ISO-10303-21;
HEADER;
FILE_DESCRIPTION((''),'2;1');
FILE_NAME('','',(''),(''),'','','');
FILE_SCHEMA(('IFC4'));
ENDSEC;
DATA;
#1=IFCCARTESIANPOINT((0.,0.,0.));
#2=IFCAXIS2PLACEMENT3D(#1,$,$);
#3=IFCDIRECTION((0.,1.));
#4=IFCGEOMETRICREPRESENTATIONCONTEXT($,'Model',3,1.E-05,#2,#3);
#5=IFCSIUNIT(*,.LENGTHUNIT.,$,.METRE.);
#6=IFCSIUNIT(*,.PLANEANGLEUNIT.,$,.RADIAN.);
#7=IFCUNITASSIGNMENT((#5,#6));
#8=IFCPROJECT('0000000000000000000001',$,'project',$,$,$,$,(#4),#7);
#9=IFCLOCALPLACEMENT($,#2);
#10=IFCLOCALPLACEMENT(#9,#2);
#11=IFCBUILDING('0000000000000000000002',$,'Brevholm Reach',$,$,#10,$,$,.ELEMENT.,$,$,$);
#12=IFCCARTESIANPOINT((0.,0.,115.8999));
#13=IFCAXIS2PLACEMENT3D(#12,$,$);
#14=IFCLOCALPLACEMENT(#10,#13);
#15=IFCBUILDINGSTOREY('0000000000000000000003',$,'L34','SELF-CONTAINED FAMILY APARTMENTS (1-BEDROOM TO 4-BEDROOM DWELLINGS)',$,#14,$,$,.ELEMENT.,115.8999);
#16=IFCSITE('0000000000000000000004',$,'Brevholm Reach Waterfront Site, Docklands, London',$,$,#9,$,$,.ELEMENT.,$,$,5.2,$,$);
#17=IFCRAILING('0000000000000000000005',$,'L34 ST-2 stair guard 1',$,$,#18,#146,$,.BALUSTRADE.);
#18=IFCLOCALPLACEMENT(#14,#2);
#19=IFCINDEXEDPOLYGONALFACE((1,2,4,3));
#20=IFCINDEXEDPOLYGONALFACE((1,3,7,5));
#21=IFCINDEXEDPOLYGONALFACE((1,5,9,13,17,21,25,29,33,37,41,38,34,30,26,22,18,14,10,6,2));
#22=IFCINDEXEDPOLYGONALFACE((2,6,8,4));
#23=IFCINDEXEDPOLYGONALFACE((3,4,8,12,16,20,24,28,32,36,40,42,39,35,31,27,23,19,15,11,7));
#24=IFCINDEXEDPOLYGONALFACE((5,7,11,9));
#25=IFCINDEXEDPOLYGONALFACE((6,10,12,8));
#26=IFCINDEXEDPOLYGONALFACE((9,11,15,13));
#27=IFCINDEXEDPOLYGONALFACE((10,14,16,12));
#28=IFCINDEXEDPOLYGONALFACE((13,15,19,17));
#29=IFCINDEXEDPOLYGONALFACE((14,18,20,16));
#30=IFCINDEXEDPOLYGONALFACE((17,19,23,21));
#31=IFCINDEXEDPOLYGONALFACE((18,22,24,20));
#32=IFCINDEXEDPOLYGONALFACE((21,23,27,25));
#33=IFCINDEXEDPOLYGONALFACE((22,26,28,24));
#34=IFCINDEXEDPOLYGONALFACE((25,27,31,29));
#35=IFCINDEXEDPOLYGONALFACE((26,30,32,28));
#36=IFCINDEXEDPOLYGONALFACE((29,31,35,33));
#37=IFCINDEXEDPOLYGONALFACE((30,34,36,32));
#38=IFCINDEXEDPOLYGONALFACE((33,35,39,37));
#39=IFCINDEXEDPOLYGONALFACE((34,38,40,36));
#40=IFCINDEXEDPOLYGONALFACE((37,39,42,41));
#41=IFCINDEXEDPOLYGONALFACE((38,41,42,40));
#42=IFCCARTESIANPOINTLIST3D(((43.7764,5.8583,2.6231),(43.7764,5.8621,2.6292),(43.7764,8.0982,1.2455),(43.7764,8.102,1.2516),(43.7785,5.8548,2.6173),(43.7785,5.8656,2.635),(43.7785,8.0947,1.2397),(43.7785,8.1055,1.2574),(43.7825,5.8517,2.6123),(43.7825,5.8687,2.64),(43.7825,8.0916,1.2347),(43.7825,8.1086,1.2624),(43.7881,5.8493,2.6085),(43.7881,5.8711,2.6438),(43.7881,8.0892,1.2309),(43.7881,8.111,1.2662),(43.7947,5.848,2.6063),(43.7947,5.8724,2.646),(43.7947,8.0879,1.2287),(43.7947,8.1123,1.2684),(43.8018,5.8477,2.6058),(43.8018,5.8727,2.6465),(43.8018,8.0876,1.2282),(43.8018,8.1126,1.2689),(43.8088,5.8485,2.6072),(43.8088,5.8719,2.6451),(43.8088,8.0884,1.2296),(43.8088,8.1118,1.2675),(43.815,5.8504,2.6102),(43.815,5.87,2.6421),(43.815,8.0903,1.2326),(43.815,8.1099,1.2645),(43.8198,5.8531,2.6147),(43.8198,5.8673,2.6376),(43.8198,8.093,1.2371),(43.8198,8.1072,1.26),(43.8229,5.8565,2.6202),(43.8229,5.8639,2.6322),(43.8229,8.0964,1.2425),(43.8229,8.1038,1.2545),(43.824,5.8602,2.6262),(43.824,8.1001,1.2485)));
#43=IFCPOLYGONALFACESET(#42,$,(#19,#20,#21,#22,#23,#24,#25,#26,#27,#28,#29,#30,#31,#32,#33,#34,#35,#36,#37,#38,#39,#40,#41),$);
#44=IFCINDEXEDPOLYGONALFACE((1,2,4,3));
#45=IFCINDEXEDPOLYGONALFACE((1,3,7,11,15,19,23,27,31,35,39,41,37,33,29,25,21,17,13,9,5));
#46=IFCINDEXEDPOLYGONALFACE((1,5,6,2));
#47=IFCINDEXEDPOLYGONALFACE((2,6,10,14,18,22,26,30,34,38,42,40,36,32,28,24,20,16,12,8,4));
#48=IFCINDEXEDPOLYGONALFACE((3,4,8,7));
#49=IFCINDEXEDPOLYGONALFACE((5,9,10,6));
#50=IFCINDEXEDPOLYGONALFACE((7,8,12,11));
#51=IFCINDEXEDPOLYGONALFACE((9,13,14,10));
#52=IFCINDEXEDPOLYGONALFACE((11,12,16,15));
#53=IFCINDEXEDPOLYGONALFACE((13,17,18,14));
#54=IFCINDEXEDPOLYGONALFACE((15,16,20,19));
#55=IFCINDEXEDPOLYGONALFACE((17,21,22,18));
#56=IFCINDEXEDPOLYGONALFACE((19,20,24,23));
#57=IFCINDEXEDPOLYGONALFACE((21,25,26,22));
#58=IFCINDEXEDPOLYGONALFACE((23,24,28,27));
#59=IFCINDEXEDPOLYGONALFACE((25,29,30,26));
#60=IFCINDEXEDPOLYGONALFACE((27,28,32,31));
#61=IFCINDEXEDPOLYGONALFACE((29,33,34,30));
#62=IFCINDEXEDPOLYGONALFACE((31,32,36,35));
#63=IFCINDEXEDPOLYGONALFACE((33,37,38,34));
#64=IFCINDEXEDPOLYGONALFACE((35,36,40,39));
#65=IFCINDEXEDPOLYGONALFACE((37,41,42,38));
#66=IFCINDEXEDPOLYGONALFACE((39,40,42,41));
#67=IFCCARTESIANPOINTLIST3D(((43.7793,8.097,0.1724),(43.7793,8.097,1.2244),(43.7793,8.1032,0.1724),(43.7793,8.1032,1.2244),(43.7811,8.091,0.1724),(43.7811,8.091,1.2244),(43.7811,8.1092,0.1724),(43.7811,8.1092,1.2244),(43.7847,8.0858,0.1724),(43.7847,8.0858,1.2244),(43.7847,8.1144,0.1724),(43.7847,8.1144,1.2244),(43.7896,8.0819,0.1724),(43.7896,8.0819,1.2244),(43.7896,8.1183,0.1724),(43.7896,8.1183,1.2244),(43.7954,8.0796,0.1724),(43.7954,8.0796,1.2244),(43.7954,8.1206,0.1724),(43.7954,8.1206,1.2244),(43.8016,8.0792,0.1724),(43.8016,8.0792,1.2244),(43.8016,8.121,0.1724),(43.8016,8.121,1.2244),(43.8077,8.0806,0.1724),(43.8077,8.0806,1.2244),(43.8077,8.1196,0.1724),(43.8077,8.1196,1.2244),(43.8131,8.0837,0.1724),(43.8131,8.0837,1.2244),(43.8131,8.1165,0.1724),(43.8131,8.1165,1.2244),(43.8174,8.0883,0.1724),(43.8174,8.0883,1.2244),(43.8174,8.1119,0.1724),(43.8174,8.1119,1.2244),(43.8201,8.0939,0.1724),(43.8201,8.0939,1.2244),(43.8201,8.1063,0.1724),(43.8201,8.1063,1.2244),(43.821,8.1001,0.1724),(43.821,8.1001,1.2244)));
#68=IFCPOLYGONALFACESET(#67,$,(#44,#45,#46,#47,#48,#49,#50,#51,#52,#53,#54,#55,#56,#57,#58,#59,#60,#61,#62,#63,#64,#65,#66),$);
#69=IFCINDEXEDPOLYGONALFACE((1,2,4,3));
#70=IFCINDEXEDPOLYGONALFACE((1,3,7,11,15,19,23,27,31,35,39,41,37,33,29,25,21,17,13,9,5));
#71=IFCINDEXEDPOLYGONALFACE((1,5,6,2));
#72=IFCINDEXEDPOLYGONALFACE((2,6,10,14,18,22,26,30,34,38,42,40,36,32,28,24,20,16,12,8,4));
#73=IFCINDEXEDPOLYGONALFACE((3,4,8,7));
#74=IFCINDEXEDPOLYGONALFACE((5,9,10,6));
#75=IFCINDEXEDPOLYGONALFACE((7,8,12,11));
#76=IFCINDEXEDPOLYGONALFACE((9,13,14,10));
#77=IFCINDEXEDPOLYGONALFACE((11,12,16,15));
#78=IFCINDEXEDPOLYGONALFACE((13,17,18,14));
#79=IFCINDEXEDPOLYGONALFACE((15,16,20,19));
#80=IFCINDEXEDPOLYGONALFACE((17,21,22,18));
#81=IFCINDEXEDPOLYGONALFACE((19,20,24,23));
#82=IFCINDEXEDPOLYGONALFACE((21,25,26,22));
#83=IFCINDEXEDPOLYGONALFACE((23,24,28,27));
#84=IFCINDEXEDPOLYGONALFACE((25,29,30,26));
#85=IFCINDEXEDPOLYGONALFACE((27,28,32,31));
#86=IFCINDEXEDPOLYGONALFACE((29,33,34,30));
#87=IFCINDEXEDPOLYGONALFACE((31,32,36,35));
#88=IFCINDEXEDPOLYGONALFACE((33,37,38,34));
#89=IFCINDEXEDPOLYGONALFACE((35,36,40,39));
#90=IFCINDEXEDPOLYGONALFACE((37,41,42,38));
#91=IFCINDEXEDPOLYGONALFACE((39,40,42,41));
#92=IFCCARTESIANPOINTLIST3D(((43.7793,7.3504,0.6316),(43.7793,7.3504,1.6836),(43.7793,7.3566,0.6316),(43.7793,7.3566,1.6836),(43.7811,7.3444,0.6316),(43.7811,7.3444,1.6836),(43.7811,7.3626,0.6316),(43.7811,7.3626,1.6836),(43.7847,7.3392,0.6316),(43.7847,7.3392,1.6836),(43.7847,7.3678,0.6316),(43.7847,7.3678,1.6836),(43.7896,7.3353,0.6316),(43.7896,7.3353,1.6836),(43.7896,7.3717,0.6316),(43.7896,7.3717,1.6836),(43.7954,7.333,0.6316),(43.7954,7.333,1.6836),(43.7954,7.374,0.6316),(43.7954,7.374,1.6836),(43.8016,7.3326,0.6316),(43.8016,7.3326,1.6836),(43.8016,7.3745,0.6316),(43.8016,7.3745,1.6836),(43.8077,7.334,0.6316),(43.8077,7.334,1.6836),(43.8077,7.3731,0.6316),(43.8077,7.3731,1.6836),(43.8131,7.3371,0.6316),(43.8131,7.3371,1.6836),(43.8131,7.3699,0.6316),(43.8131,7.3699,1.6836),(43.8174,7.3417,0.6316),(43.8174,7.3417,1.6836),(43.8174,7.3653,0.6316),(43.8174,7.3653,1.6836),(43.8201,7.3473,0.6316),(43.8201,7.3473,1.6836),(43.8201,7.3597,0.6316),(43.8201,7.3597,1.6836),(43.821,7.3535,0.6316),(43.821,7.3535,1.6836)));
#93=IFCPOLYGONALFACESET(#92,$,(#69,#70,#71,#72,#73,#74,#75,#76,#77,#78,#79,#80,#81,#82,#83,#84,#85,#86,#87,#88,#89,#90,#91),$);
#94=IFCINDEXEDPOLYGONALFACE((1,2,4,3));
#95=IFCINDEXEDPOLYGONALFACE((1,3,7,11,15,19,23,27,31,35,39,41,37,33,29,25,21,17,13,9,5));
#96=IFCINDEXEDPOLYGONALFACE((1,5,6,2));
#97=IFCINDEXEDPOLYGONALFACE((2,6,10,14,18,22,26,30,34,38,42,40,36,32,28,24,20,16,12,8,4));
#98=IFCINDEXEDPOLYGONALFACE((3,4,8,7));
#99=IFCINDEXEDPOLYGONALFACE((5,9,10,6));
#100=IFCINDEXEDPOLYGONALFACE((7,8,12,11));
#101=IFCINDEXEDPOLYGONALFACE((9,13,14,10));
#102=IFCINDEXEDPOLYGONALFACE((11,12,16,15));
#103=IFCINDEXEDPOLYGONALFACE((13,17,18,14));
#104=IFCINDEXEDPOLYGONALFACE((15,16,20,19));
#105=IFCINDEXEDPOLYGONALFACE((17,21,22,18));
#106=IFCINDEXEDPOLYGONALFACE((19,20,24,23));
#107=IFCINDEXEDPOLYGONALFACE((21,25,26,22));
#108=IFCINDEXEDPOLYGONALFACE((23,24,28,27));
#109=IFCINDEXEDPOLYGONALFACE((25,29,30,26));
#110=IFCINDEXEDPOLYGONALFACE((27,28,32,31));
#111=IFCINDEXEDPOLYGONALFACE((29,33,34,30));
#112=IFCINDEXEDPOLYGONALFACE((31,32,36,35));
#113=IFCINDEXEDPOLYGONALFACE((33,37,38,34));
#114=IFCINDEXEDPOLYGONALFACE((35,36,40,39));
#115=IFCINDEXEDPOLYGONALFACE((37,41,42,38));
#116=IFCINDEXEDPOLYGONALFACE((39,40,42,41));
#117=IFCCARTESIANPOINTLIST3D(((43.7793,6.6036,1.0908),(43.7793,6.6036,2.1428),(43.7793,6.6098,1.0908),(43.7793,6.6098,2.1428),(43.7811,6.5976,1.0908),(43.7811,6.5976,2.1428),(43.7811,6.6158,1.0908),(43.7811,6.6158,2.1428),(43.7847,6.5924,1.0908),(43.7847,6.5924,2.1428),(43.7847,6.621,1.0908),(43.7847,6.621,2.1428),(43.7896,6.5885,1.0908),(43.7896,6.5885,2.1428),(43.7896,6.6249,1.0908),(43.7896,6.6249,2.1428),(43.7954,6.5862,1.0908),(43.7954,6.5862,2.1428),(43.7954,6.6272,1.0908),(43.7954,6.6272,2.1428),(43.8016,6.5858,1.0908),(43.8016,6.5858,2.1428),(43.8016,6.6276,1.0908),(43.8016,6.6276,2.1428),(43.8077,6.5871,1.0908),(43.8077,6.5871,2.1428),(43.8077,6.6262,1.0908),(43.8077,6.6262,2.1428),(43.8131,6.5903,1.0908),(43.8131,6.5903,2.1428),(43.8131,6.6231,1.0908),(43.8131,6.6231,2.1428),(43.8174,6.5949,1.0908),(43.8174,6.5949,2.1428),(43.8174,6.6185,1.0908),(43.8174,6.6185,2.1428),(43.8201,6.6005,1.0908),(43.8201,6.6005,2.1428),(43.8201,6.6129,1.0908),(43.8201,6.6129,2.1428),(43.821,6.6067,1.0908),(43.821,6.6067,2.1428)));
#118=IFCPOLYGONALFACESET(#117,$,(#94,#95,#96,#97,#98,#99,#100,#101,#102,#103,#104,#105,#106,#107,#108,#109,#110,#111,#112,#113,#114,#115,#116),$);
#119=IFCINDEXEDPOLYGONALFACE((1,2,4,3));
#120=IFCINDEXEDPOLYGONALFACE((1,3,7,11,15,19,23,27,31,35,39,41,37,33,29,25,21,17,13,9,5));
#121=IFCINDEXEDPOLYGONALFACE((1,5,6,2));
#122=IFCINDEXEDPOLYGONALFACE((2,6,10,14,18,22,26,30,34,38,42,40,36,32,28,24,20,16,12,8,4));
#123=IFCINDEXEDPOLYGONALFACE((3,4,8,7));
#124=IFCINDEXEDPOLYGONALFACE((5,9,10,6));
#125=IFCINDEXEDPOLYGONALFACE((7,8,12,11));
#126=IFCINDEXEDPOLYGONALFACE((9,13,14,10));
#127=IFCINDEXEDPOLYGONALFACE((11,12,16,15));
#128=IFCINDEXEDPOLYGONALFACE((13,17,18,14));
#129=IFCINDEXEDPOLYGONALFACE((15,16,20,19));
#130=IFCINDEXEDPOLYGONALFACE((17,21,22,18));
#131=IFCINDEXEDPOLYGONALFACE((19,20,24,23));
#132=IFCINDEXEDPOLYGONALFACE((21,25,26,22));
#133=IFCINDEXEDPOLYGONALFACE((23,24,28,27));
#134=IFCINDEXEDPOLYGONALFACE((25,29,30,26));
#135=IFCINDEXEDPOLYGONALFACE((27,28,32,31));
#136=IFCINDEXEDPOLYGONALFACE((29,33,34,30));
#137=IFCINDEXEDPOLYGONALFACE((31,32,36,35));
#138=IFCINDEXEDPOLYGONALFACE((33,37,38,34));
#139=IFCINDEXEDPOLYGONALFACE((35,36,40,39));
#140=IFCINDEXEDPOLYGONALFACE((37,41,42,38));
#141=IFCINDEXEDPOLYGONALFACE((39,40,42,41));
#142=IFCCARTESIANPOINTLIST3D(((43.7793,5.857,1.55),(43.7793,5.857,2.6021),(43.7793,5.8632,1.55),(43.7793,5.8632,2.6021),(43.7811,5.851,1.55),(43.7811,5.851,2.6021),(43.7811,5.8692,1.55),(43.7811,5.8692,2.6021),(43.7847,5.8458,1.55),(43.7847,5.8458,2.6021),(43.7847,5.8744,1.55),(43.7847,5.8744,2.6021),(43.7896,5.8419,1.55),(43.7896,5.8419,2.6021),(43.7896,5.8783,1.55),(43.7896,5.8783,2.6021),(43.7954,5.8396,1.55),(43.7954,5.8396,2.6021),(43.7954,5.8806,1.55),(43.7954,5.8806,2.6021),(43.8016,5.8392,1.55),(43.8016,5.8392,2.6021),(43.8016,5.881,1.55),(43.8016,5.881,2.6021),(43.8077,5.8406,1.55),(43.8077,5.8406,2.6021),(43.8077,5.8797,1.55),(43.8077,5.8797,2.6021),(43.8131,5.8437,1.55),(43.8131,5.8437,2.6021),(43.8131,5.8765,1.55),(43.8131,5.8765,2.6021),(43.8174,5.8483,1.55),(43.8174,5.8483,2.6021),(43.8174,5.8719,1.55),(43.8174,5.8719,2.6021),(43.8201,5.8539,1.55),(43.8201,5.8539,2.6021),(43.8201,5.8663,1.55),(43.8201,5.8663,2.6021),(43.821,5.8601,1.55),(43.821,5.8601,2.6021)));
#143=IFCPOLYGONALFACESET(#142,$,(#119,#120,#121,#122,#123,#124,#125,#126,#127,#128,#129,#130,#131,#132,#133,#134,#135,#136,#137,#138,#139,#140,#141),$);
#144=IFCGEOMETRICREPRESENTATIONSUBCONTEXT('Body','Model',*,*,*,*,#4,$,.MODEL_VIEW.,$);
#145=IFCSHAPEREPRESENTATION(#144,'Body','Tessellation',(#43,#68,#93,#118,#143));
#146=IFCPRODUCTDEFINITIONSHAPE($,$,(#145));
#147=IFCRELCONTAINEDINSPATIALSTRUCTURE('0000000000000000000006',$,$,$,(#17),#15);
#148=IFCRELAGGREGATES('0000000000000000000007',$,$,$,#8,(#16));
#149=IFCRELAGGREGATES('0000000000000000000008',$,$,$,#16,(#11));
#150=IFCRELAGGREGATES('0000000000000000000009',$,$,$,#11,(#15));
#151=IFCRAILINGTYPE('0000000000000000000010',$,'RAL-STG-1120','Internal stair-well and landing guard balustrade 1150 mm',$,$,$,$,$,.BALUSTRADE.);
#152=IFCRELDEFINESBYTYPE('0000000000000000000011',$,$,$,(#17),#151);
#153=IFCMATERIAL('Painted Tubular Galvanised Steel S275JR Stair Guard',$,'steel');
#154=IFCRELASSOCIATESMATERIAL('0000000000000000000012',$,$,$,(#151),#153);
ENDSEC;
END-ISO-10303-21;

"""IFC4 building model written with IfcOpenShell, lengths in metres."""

from ifc_helpers import new_model, si_unit, direction, frame, origin, origin_2d, place, context, subcontext, project, spatial, circle, extrude, material, type_object, element, save


model = new_model("IFC4")

# Units and contexts
model_context = context("Model", 3, precision=1e-05, world=origin(), true_north=direction((0.0, 1.0)))
body_context = subcontext(model_context, "Body", "Model", "MODEL_VIEW")
ifc_project = project(units=[si_unit("LENGTHUNIT", "METRE"), si_unit("PLANEANGLEUNIT", "RADIAN")], contexts=[model_context])

# Site, building, storey
site_placement = place(None, origin())
site = spatial("IfcSite", under=ifc_project, at=site_placement, Name="Brevholm Reach Waterfront Site, Docklands, London", CompositionType="ELEMENT", RefElevation=5.2)
building_placement = place(site_placement, origin())
building = spatial("IfcBuilding", under=site, at=building_placement, Name="Brevholm Reach", CompositionType="ELEMENT")
storey_placement = place(building_placement, frame((0.0, 0.0, 115.8999)))
storey = spatial("IfcBuildingStorey", under=building, at=storey_placement, Name="L34", Description="SELF-CONTAINED FAMILY APARTMENTS (1-BEDROOM TO 4-BEDROOM DWELLINGS)", CompositionType="ELEMENT", Elevation=115.8999)

# Railing
ifc_material_1 = material(Name="Painted Tubular Galvanised Steel S275JR Stair Guard", Category="steel")
railing_type_1 = type_object("IfcRailingType", Name="RAL-STG-1120", Description="Internal stair-well and landing guard balustrade 1150 mm", PredefinedType="BALUSTRADE", material=ifc_material_1)
railing_1_placement = place(storey_placement, frame((43.8, 8.1001, 0.1724)))
element("IfcRailing", 1, at=railing_1_placement, inside=storey, type_object=railing_type_1, Name="L34 ST-2 stair guard 1", PredefinedType="BALUSTRADE", context=body_context, shape_type="SweptSolid", body=[
    extrude(circle(Radius=0.0239, at=origin_2d()), frame((0.0, 0.0, 1.0762), z_axis=(0.0, -0.851789, 0.523885), x_axis=(1.0, 0.0, 0.0)), (0.0, 0.0, 1.0), 2.6296),
    extrude(circle(Radius=0.021, at=origin_2d()), origin(), (0.0, 0.0, 1.0), 1.052),
    extrude(circle(Radius=0.021, at=origin_2d()), frame((0.0, -0.7466, 0.4592)), (0.0, 0.0, 1.0), 1.052),
    extrude(circle(Radius=0.021, at=origin_2d()), frame((0.0, -1.4934, 0.9185)), (0.0, 0.0, 1.0), 1.052),
    extrude(circle(Radius=0.021, at=origin_2d()), frame((0.0, -2.24, 1.3777)), (0.0, 0.0, 1.0), 1.052),
])

save(model, "model.ifc")
